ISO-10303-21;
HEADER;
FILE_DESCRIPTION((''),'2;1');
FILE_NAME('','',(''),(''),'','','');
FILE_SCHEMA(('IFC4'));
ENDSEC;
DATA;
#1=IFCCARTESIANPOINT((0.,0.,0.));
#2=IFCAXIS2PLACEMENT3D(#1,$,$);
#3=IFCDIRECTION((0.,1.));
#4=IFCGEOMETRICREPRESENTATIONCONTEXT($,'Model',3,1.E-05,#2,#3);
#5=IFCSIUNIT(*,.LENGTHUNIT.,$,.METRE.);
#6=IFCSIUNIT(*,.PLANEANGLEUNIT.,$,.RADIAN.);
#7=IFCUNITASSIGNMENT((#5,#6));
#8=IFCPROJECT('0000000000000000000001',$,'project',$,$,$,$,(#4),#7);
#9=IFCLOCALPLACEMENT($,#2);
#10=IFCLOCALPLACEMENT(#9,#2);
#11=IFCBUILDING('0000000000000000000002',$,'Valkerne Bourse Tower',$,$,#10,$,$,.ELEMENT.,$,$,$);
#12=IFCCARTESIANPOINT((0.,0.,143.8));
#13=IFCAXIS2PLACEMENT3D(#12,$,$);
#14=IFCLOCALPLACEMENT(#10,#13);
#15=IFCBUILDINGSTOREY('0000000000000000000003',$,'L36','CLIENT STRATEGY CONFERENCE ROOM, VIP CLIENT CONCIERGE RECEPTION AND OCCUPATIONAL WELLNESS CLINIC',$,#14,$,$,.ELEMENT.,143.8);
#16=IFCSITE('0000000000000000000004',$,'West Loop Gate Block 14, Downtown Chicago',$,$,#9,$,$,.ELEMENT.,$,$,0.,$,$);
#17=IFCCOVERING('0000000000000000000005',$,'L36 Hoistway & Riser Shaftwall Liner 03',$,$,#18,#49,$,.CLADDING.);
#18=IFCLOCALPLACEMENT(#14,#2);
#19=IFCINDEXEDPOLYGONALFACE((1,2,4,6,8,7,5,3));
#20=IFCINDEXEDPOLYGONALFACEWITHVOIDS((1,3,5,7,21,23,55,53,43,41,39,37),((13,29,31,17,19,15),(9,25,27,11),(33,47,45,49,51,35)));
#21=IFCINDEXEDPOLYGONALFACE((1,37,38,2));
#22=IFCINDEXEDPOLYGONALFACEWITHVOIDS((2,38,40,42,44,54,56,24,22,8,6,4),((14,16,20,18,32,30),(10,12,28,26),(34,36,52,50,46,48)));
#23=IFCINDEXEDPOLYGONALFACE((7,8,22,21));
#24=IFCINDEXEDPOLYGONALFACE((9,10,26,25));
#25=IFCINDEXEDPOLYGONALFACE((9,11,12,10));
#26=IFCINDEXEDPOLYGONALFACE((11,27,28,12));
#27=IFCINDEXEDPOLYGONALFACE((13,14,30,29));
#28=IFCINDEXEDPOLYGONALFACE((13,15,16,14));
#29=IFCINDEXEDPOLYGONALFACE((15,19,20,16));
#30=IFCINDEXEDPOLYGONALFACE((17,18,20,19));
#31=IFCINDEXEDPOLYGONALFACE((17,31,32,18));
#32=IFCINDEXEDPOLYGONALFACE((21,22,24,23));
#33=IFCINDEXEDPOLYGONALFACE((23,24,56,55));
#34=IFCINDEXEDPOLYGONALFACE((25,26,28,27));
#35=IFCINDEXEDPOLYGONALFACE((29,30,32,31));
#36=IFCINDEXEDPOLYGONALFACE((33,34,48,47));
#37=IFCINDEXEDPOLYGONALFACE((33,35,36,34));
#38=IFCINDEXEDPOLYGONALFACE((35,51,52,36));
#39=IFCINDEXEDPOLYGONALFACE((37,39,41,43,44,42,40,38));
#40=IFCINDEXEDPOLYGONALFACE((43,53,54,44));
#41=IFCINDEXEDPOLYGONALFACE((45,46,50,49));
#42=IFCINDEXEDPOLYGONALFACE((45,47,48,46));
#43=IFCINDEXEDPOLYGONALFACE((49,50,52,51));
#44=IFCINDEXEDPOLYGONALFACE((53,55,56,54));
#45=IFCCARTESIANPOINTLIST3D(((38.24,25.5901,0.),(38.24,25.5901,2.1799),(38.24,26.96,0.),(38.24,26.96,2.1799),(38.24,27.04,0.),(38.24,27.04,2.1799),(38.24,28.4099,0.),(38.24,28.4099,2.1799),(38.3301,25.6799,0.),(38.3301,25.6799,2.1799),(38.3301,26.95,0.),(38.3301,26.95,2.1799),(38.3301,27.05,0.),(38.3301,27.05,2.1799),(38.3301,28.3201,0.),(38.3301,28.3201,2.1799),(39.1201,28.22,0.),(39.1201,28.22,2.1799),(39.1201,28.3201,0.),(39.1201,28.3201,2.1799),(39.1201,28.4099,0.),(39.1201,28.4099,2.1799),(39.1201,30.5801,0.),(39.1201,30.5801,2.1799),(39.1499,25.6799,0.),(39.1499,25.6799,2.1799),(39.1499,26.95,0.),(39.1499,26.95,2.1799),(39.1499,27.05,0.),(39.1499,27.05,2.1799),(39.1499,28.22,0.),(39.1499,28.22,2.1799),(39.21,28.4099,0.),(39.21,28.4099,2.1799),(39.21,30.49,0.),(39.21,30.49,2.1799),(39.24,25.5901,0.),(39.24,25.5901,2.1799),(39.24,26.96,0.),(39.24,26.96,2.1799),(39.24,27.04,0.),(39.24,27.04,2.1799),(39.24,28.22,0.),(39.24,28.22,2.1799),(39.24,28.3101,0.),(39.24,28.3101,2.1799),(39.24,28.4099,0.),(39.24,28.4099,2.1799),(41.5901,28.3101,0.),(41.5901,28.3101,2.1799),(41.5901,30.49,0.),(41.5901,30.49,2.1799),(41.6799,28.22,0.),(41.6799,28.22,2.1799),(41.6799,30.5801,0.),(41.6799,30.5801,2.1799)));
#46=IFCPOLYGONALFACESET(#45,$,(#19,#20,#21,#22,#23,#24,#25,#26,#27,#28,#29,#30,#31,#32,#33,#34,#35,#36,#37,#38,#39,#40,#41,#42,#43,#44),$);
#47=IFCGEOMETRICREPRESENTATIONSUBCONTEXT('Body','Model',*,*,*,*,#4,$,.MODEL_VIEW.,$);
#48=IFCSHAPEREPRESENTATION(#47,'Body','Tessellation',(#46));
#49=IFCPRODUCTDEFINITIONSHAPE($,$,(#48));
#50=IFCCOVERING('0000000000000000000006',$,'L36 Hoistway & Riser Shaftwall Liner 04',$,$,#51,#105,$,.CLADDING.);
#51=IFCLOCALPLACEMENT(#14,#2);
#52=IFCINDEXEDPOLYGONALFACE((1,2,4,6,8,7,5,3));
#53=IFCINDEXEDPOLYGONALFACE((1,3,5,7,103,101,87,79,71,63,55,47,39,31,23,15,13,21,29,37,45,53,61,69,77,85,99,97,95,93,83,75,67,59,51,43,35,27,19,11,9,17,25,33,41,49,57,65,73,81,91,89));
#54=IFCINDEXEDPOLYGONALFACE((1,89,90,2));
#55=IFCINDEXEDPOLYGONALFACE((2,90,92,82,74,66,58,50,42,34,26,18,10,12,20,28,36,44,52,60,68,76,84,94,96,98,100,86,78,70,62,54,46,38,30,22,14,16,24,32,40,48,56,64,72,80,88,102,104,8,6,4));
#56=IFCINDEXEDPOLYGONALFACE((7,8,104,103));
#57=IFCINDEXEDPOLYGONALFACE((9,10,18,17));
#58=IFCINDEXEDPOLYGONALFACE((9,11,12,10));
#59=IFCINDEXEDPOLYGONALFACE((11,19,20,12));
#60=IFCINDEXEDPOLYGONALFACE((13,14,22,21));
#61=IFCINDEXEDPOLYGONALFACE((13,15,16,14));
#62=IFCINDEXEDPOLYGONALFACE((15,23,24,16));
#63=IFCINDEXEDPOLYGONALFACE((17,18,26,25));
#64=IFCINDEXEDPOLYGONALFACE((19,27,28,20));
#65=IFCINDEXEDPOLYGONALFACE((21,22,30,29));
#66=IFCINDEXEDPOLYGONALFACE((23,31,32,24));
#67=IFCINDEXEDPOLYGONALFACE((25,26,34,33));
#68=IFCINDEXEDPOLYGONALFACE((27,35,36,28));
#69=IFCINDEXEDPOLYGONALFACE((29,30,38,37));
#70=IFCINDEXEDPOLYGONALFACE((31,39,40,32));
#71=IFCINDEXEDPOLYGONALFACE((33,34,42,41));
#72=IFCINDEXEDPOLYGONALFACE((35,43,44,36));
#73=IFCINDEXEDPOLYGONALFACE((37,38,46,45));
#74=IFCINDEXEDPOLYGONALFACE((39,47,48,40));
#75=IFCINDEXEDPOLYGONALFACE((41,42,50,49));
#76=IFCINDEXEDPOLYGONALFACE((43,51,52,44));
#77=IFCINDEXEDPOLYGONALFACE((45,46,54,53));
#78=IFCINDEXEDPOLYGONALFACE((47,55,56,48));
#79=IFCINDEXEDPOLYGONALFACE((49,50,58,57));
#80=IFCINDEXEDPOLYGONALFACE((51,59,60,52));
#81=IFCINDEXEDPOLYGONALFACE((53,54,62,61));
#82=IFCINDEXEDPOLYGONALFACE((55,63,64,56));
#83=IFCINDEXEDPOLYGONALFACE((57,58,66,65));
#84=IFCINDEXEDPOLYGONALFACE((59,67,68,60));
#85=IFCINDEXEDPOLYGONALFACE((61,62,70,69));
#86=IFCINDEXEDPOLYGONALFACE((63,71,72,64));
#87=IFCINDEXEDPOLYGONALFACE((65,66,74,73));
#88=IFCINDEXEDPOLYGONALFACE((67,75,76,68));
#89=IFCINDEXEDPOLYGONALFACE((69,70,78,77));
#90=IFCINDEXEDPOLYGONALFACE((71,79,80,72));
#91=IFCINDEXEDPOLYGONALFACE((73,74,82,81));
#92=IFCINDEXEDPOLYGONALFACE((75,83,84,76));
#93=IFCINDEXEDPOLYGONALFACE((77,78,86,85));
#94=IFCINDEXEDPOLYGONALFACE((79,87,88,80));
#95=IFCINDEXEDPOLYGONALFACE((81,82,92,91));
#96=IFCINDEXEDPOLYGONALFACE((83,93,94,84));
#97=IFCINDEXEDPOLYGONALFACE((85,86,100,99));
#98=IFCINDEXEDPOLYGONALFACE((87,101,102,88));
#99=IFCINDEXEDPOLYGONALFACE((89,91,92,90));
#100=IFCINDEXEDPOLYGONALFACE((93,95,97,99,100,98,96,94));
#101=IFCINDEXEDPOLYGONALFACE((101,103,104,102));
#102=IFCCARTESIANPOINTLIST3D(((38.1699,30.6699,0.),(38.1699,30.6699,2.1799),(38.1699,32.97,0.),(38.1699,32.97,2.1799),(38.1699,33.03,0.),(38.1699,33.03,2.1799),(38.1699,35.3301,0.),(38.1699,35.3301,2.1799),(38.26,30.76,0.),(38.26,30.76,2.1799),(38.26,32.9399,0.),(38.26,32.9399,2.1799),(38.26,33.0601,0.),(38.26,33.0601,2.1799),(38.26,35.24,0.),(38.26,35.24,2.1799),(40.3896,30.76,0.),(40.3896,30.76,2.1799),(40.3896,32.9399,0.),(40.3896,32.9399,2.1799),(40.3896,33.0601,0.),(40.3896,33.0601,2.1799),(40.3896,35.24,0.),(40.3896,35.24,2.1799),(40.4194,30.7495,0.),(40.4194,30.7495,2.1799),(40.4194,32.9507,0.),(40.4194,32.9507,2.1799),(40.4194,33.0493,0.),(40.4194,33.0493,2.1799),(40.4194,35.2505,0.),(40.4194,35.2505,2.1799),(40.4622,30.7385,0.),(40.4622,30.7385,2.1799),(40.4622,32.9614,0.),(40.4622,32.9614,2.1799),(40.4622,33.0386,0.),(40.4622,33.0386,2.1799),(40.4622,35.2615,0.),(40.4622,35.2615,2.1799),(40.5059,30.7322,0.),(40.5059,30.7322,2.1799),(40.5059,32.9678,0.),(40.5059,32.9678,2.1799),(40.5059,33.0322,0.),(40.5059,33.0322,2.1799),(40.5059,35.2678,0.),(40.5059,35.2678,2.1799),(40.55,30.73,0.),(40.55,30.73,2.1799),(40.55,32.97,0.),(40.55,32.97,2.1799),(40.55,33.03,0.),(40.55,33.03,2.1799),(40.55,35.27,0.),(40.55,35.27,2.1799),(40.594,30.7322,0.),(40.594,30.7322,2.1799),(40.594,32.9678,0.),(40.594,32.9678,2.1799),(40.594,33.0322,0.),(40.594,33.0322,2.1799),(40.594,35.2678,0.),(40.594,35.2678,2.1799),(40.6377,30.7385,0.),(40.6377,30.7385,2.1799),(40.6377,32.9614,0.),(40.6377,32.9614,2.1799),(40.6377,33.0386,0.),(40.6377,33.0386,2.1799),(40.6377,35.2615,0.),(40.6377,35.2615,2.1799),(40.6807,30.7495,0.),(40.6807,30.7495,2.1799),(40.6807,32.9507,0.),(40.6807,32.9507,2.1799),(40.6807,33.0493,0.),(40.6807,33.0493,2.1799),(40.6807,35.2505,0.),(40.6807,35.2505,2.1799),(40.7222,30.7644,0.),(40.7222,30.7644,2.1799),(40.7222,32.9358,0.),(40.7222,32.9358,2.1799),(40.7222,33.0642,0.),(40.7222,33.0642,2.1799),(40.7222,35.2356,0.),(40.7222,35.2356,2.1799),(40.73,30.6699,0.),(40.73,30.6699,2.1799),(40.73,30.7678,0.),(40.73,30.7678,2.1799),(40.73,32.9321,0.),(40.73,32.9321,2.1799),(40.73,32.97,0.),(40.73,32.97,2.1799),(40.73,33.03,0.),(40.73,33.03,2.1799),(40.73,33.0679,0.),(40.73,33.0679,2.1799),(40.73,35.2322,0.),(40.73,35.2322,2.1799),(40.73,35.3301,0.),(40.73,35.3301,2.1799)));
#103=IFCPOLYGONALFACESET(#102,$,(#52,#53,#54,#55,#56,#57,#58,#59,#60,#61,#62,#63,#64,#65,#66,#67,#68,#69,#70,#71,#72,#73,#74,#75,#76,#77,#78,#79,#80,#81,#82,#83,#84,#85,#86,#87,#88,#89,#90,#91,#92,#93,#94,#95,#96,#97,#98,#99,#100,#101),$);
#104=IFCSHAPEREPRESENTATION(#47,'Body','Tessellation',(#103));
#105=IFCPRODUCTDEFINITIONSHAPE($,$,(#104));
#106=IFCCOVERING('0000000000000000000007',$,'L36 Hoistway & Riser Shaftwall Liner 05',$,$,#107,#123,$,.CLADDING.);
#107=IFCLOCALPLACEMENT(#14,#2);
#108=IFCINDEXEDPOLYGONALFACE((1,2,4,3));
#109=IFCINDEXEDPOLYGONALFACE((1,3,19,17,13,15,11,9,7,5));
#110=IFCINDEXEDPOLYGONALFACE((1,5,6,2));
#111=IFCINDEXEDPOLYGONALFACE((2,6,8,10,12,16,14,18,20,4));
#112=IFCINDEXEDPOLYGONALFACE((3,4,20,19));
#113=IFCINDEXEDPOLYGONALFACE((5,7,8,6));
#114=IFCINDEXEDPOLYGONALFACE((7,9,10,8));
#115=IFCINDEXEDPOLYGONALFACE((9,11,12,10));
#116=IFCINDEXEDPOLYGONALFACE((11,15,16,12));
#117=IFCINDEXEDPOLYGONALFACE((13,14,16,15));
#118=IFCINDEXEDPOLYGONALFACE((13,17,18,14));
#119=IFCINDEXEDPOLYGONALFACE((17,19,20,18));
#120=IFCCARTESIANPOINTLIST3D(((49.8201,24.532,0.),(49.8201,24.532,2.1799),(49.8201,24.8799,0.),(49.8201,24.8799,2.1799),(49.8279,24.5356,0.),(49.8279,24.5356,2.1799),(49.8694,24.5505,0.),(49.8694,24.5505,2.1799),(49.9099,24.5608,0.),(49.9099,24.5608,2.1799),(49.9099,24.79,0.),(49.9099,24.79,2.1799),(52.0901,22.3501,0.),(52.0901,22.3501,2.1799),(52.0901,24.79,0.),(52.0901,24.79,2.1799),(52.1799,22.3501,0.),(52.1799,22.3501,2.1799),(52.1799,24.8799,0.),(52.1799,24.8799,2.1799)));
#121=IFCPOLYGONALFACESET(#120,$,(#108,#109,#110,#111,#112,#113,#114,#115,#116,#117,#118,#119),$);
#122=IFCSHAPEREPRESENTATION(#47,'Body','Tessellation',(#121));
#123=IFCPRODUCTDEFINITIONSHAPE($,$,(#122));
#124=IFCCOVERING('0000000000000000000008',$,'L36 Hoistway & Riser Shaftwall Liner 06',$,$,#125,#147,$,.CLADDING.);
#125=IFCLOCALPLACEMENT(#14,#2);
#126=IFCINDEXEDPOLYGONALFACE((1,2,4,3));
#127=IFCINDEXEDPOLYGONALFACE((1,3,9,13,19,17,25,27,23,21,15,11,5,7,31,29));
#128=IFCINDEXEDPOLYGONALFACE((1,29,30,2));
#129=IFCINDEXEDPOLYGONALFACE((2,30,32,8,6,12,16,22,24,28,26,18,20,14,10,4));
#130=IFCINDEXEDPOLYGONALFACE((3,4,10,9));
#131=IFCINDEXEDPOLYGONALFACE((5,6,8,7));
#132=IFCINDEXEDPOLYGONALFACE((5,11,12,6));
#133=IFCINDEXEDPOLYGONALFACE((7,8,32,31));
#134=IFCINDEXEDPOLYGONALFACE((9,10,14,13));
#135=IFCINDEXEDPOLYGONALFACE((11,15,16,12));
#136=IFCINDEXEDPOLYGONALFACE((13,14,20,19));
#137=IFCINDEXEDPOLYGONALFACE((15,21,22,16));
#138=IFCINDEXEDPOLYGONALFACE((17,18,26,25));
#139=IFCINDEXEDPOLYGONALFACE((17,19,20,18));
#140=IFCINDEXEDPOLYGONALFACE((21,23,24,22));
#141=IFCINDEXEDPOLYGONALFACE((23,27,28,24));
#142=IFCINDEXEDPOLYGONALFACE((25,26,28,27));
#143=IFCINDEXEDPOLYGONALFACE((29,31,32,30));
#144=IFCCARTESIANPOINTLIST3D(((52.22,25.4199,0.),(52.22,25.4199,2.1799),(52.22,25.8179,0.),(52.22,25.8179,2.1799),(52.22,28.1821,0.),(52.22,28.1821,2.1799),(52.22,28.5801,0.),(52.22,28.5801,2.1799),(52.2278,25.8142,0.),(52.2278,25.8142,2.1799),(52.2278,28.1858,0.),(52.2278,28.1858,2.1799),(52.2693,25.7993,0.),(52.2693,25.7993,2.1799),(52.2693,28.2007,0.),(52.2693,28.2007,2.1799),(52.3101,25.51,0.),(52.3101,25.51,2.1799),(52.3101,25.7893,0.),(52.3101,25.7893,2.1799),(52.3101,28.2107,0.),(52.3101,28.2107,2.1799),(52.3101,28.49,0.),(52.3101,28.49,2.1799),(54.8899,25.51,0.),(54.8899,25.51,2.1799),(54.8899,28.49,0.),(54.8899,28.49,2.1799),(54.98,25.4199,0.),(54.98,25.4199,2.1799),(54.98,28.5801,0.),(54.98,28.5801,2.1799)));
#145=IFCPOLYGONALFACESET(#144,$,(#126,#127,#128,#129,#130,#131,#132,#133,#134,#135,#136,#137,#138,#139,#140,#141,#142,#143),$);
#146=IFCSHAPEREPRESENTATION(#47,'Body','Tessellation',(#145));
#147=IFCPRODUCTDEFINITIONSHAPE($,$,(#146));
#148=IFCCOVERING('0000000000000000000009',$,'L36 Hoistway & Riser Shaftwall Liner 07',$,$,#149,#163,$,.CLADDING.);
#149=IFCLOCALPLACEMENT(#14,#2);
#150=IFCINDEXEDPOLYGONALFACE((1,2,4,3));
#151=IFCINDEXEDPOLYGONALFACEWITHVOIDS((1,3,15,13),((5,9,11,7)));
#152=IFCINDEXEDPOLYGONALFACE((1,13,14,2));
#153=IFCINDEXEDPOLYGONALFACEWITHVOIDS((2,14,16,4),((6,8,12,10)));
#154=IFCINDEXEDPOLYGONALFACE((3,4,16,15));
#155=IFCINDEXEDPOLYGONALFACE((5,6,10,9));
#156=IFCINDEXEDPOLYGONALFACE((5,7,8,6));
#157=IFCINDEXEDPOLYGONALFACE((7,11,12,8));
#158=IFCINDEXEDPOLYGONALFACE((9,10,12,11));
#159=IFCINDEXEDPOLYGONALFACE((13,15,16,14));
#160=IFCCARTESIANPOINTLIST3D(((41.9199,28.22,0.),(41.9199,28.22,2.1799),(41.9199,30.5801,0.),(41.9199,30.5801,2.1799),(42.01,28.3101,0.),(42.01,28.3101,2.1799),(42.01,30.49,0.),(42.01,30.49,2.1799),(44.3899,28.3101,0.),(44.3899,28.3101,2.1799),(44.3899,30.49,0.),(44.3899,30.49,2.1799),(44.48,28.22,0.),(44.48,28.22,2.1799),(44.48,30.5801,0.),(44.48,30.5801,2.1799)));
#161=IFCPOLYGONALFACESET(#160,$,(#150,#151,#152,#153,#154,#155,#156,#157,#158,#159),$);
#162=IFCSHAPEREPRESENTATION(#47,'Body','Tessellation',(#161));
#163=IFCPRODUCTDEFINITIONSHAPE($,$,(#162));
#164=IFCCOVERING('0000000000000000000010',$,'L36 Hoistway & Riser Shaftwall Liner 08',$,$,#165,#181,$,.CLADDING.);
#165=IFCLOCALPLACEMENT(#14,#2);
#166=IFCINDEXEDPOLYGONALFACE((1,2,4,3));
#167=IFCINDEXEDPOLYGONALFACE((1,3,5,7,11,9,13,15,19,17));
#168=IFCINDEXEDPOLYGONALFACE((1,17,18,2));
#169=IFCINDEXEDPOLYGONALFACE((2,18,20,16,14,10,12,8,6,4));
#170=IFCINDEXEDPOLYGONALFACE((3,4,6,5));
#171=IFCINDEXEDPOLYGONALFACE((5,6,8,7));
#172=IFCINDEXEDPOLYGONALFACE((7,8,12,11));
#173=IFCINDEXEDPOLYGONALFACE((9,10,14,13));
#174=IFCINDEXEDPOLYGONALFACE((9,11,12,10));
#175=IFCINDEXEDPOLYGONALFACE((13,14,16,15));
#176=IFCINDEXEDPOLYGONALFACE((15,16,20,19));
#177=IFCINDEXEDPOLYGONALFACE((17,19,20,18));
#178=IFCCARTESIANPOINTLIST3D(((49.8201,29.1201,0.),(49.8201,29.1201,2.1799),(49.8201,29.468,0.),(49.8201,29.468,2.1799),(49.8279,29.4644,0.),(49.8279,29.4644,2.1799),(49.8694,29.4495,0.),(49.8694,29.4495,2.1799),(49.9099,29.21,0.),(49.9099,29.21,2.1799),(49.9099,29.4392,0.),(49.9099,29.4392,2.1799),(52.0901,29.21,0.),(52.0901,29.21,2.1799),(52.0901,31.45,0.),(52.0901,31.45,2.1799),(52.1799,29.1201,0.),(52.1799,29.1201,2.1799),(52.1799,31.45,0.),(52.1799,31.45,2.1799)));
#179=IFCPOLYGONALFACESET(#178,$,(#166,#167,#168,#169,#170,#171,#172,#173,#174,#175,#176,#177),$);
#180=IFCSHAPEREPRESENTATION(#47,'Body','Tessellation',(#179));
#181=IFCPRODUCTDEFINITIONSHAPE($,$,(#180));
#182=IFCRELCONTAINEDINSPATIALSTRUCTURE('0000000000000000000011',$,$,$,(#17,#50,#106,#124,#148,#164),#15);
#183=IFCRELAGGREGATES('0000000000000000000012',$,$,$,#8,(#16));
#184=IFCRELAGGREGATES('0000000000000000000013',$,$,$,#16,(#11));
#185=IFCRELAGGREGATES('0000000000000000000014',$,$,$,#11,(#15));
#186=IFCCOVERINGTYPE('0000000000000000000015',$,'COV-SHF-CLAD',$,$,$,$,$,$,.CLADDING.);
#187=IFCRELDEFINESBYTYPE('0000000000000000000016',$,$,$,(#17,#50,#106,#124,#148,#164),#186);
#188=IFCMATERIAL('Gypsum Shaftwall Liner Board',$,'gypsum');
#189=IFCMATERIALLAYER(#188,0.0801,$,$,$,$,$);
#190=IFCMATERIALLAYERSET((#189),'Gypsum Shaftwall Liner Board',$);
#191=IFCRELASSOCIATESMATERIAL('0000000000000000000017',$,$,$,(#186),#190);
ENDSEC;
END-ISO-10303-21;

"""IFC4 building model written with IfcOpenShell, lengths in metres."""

from ifc_helpers import new_model, si_unit, direction, frame, origin, place, context, subcontext, project, spatial, polyline, outline, extrude, material, layer, layer_set, type_object, element, save


model = new_model("IFC4")

# Units and contexts
model_context = context("Model", 3, precision=1e-05, world=origin(), true_north=direction((0.0, 1.0)))
body_context = subcontext(model_context, "Body", "Model", "MODEL_VIEW")
ifc_project = project(units=[si_unit("LENGTHUNIT", "METRE"), si_unit("PLANEANGLEUNIT", "RADIAN")], contexts=[model_context])

# Site, building, storey
site_placement = place(None, origin())
site = spatial("IfcSite", under=ifc_project, at=site_placement, Name="West Loop Gate Block 14, Downtown Chicago", CompositionType="ELEMENT", RefElevation=0.0)
building_placement = place(site_placement, origin())
building = spatial("IfcBuilding", under=site, at=building_placement, Name="Valkerne Bourse Tower", CompositionType="ELEMENT")
storey_placement = place(building_placement, frame((0.0, 0.0, 143.8)))
storey = spatial("IfcBuildingStorey", under=building, at=storey_placement, Name="L36", Description="CLIENT STRATEGY CONFERENCE ROOM, VIP CLIENT CONCIERGE RECEPTION AND OCCUPATIONAL WELLNESS CLINIC", CompositionType="ELEMENT", Elevation=143.8)

# Coverings
ifc_material_1 = material(Name="Gypsum Shaftwall Liner Board", Category="gypsum")
ifc_layer_1 = layer(ifc_material_1, 0.0801)
ifc_layer_set_1 = layer_set([ifc_layer_1], Name="Gypsum Shaftwall Liner Board")
covering_type_1 = type_object("IfcCoveringType", Name="COV-SHF-CLAD", PredefinedType="CLADDING", material=ifc_layer_set_1)
covering_1_placement = place(storey_placement, origin())
element("IfcCovering", 1, at=covering_1_placement, inside=storey, type_object=covering_type_1, Name="L36 Hoistway & Riser Shaftwall Liner 03", PredefinedType="CLADDING", context=body_context, shape_type="SweptSolid", body=[
    extrude(outline(polyline([(38.24, 28.4099), (39.1201, 28.4099), (39.1201, 30.5801), (41.6799, 30.5801), (41.6799, 28.22), (39.24, 28.22), (39.24, 27.04), (39.24, 26.96), (39.24, 25.5901), (38.24, 25.5901), (38.24, 26.96), (38.24, 27.04), (38.24, 28.4099)]), holes=[polyline([(38.3301, 26.95), (38.3301, 25.6799), (39.1499, 25.6799), (39.1499, 26.95), (38.3301, 26.95)]), polyline([(39.21, 30.49), (39.21, 28.4099), (39.24, 28.4099), (39.24, 28.3101), (41.5901, 28.3101), (41.5901, 30.49), (39.21, 30.49)]), polyline([(38.3301, 27.05), (39.1499, 27.05), (39.1499, 28.22), (39.1201, 28.22), (39.1201, 28.3201), (38.3301, 28.3201), (38.3301, 27.05)])]), origin(), (0.0, 0.0, 1.0), 2.1799),
])
covering_2_placement = place(storey_placement, origin())
element("IfcCovering", 2, at=covering_2_placement, inside=storey, type_object=covering_type_1, Name="L36 Hoistway & Riser Shaftwall Liner 04", PredefinedType="CLADDING", context=body_context, shape_type="SweptSolid", body=[
    extrude(outline(polyline([(38.1699, 35.3301), (40.73, 35.3301), (40.73, 35.2322), (40.7222, 35.2356), (40.6807, 35.2505), (40.6377, 35.2615), (40.594, 35.2678), (40.55, 35.27), (40.5059, 35.2678), (40.4622, 35.2615), (40.4194, 35.2505), (40.3896, 35.24), (38.26, 35.24), (38.26, 33.0601), (40.3896, 33.0601), (40.4194, 33.0493), (40.4622, 33.0386), (40.5059, 33.0322), (40.55, 33.03), (40.594, 33.0322), (40.6377, 33.0386), (40.6807, 33.0493), (40.7222, 33.0642), (40.73, 33.0679), (40.73, 33.03), (40.73, 32.97), (40.73, 32.9321), (40.7222, 32.9358), (40.6807, 32.9507), (40.6377, 32.9614), (40.594, 32.9678), (40.55, 32.97), (40.5059, 32.9678), (40.4622, 32.9614), (40.4194, 32.9507), (40.3896, 32.9399), (38.26, 32.9399), (38.26, 30.76), (40.3896, 30.76), (40.4194, 30.7495), (40.4622, 30.7385), (40.5059, 30.7322), (40.55, 30.73), (40.594, 30.7322), (40.6377, 30.7385), (40.6807, 30.7495), (40.7222, 30.7644), (40.73, 30.7678), (40.73, 30.6699), (38.1699, 30.6699), (38.1699, 32.97), (38.1699, 33.03), (38.1699, 35.3301)])), origin(), (0.0, 0.0, 1.0), 2.1799),
])
covering_3_placement = place(storey_placement, origin())
element("IfcCovering", 3, at=covering_3_placement, inside=storey, type_object=covering_type_1, Name="L36 Hoistway & Riser Shaftwall Liner 05", PredefinedType="CLADDING", context=body_context, shape_type="SweptSolid", body=[
    extrude(outline(polyline([(52.1799, 22.3501), (52.0901, 22.3501), (52.0901, 24.79), (49.9099, 24.79), (49.9099, 24.5608), (49.8694, 24.5505), (49.8279, 24.5356), (49.8201, 24.532), (49.8201, 24.8799), (52.1799, 24.8799), (52.1799, 22.3501)])), origin(), (0.0, 0.0, 1.0), 2.1799),
])
covering_4_placement = place(storey_placement, origin())
element("IfcCovering", 4, at=covering_4_placement, inside=storey, type_object=covering_type_1, Name="L36 Hoistway & Riser Shaftwall Liner 06", PredefinedType="CLADDING", context=body_context, shape_type="SweptSolid", body=[
    extrude(outline(polyline([(54.98, 25.4199), (52.22, 25.4199), (52.22, 25.8179), (52.2278, 25.8142), (52.2693, 25.7993), (52.3101, 25.7893), (52.3101, 25.51), (54.8899, 25.51), (54.8899, 28.49), (52.3101, 28.49), (52.3101, 28.2107), (52.2693, 28.2007), (52.2278, 28.1858), (52.22, 28.1821), (52.22, 28.5801), (54.98, 28.5801), (54.98, 25.4199)])), origin(), (0.0, 0.0, 1.0), 2.1799),
])
covering_5_placement = place(storey_placement, origin())
element("IfcCovering", 5, at=covering_5_placement, inside=storey, type_object=covering_type_1, Name="L36 Hoistway & Riser Shaftwall Liner 07", PredefinedType="CLADDING", context=body_context, shape_type="SweptSolid", body=[
    extrude(outline(polyline([(44.48, 28.22), (41.9199, 28.22), (41.9199, 30.5801), (44.48, 30.5801), (44.48, 28.22)]), holes=[polyline([(42.01, 30.49), (42.01, 28.3101), (44.3899, 28.3101), (44.3899, 30.49), (42.01, 30.49)])]), origin(), (0.0, 0.0, 1.0), 2.1799),
])
covering_6_placement = place(storey_placement, origin())
element("IfcCovering", 6, at=covering_6_placement, inside=storey, type_object=covering_type_1, Name="L36 Hoistway & Riser Shaftwall Liner 08", PredefinedType="CLADDING", context=body_context, shape_type="SweptSolid", body=[
    extrude(outline(polyline([(49.8201, 29.1201), (49.8201, 29.468), (49.8279, 29.4644), (49.8694, 29.4495), (49.9099, 29.4392), (49.9099, 29.21), (52.0901, 29.21), (52.0901, 31.45), (52.1799, 31.45), (52.1799, 29.1201), (49.8201, 29.1201)])), origin(), (0.0, 0.0, 1.0), 2.1799),
])

save(model, "model.ifc")
